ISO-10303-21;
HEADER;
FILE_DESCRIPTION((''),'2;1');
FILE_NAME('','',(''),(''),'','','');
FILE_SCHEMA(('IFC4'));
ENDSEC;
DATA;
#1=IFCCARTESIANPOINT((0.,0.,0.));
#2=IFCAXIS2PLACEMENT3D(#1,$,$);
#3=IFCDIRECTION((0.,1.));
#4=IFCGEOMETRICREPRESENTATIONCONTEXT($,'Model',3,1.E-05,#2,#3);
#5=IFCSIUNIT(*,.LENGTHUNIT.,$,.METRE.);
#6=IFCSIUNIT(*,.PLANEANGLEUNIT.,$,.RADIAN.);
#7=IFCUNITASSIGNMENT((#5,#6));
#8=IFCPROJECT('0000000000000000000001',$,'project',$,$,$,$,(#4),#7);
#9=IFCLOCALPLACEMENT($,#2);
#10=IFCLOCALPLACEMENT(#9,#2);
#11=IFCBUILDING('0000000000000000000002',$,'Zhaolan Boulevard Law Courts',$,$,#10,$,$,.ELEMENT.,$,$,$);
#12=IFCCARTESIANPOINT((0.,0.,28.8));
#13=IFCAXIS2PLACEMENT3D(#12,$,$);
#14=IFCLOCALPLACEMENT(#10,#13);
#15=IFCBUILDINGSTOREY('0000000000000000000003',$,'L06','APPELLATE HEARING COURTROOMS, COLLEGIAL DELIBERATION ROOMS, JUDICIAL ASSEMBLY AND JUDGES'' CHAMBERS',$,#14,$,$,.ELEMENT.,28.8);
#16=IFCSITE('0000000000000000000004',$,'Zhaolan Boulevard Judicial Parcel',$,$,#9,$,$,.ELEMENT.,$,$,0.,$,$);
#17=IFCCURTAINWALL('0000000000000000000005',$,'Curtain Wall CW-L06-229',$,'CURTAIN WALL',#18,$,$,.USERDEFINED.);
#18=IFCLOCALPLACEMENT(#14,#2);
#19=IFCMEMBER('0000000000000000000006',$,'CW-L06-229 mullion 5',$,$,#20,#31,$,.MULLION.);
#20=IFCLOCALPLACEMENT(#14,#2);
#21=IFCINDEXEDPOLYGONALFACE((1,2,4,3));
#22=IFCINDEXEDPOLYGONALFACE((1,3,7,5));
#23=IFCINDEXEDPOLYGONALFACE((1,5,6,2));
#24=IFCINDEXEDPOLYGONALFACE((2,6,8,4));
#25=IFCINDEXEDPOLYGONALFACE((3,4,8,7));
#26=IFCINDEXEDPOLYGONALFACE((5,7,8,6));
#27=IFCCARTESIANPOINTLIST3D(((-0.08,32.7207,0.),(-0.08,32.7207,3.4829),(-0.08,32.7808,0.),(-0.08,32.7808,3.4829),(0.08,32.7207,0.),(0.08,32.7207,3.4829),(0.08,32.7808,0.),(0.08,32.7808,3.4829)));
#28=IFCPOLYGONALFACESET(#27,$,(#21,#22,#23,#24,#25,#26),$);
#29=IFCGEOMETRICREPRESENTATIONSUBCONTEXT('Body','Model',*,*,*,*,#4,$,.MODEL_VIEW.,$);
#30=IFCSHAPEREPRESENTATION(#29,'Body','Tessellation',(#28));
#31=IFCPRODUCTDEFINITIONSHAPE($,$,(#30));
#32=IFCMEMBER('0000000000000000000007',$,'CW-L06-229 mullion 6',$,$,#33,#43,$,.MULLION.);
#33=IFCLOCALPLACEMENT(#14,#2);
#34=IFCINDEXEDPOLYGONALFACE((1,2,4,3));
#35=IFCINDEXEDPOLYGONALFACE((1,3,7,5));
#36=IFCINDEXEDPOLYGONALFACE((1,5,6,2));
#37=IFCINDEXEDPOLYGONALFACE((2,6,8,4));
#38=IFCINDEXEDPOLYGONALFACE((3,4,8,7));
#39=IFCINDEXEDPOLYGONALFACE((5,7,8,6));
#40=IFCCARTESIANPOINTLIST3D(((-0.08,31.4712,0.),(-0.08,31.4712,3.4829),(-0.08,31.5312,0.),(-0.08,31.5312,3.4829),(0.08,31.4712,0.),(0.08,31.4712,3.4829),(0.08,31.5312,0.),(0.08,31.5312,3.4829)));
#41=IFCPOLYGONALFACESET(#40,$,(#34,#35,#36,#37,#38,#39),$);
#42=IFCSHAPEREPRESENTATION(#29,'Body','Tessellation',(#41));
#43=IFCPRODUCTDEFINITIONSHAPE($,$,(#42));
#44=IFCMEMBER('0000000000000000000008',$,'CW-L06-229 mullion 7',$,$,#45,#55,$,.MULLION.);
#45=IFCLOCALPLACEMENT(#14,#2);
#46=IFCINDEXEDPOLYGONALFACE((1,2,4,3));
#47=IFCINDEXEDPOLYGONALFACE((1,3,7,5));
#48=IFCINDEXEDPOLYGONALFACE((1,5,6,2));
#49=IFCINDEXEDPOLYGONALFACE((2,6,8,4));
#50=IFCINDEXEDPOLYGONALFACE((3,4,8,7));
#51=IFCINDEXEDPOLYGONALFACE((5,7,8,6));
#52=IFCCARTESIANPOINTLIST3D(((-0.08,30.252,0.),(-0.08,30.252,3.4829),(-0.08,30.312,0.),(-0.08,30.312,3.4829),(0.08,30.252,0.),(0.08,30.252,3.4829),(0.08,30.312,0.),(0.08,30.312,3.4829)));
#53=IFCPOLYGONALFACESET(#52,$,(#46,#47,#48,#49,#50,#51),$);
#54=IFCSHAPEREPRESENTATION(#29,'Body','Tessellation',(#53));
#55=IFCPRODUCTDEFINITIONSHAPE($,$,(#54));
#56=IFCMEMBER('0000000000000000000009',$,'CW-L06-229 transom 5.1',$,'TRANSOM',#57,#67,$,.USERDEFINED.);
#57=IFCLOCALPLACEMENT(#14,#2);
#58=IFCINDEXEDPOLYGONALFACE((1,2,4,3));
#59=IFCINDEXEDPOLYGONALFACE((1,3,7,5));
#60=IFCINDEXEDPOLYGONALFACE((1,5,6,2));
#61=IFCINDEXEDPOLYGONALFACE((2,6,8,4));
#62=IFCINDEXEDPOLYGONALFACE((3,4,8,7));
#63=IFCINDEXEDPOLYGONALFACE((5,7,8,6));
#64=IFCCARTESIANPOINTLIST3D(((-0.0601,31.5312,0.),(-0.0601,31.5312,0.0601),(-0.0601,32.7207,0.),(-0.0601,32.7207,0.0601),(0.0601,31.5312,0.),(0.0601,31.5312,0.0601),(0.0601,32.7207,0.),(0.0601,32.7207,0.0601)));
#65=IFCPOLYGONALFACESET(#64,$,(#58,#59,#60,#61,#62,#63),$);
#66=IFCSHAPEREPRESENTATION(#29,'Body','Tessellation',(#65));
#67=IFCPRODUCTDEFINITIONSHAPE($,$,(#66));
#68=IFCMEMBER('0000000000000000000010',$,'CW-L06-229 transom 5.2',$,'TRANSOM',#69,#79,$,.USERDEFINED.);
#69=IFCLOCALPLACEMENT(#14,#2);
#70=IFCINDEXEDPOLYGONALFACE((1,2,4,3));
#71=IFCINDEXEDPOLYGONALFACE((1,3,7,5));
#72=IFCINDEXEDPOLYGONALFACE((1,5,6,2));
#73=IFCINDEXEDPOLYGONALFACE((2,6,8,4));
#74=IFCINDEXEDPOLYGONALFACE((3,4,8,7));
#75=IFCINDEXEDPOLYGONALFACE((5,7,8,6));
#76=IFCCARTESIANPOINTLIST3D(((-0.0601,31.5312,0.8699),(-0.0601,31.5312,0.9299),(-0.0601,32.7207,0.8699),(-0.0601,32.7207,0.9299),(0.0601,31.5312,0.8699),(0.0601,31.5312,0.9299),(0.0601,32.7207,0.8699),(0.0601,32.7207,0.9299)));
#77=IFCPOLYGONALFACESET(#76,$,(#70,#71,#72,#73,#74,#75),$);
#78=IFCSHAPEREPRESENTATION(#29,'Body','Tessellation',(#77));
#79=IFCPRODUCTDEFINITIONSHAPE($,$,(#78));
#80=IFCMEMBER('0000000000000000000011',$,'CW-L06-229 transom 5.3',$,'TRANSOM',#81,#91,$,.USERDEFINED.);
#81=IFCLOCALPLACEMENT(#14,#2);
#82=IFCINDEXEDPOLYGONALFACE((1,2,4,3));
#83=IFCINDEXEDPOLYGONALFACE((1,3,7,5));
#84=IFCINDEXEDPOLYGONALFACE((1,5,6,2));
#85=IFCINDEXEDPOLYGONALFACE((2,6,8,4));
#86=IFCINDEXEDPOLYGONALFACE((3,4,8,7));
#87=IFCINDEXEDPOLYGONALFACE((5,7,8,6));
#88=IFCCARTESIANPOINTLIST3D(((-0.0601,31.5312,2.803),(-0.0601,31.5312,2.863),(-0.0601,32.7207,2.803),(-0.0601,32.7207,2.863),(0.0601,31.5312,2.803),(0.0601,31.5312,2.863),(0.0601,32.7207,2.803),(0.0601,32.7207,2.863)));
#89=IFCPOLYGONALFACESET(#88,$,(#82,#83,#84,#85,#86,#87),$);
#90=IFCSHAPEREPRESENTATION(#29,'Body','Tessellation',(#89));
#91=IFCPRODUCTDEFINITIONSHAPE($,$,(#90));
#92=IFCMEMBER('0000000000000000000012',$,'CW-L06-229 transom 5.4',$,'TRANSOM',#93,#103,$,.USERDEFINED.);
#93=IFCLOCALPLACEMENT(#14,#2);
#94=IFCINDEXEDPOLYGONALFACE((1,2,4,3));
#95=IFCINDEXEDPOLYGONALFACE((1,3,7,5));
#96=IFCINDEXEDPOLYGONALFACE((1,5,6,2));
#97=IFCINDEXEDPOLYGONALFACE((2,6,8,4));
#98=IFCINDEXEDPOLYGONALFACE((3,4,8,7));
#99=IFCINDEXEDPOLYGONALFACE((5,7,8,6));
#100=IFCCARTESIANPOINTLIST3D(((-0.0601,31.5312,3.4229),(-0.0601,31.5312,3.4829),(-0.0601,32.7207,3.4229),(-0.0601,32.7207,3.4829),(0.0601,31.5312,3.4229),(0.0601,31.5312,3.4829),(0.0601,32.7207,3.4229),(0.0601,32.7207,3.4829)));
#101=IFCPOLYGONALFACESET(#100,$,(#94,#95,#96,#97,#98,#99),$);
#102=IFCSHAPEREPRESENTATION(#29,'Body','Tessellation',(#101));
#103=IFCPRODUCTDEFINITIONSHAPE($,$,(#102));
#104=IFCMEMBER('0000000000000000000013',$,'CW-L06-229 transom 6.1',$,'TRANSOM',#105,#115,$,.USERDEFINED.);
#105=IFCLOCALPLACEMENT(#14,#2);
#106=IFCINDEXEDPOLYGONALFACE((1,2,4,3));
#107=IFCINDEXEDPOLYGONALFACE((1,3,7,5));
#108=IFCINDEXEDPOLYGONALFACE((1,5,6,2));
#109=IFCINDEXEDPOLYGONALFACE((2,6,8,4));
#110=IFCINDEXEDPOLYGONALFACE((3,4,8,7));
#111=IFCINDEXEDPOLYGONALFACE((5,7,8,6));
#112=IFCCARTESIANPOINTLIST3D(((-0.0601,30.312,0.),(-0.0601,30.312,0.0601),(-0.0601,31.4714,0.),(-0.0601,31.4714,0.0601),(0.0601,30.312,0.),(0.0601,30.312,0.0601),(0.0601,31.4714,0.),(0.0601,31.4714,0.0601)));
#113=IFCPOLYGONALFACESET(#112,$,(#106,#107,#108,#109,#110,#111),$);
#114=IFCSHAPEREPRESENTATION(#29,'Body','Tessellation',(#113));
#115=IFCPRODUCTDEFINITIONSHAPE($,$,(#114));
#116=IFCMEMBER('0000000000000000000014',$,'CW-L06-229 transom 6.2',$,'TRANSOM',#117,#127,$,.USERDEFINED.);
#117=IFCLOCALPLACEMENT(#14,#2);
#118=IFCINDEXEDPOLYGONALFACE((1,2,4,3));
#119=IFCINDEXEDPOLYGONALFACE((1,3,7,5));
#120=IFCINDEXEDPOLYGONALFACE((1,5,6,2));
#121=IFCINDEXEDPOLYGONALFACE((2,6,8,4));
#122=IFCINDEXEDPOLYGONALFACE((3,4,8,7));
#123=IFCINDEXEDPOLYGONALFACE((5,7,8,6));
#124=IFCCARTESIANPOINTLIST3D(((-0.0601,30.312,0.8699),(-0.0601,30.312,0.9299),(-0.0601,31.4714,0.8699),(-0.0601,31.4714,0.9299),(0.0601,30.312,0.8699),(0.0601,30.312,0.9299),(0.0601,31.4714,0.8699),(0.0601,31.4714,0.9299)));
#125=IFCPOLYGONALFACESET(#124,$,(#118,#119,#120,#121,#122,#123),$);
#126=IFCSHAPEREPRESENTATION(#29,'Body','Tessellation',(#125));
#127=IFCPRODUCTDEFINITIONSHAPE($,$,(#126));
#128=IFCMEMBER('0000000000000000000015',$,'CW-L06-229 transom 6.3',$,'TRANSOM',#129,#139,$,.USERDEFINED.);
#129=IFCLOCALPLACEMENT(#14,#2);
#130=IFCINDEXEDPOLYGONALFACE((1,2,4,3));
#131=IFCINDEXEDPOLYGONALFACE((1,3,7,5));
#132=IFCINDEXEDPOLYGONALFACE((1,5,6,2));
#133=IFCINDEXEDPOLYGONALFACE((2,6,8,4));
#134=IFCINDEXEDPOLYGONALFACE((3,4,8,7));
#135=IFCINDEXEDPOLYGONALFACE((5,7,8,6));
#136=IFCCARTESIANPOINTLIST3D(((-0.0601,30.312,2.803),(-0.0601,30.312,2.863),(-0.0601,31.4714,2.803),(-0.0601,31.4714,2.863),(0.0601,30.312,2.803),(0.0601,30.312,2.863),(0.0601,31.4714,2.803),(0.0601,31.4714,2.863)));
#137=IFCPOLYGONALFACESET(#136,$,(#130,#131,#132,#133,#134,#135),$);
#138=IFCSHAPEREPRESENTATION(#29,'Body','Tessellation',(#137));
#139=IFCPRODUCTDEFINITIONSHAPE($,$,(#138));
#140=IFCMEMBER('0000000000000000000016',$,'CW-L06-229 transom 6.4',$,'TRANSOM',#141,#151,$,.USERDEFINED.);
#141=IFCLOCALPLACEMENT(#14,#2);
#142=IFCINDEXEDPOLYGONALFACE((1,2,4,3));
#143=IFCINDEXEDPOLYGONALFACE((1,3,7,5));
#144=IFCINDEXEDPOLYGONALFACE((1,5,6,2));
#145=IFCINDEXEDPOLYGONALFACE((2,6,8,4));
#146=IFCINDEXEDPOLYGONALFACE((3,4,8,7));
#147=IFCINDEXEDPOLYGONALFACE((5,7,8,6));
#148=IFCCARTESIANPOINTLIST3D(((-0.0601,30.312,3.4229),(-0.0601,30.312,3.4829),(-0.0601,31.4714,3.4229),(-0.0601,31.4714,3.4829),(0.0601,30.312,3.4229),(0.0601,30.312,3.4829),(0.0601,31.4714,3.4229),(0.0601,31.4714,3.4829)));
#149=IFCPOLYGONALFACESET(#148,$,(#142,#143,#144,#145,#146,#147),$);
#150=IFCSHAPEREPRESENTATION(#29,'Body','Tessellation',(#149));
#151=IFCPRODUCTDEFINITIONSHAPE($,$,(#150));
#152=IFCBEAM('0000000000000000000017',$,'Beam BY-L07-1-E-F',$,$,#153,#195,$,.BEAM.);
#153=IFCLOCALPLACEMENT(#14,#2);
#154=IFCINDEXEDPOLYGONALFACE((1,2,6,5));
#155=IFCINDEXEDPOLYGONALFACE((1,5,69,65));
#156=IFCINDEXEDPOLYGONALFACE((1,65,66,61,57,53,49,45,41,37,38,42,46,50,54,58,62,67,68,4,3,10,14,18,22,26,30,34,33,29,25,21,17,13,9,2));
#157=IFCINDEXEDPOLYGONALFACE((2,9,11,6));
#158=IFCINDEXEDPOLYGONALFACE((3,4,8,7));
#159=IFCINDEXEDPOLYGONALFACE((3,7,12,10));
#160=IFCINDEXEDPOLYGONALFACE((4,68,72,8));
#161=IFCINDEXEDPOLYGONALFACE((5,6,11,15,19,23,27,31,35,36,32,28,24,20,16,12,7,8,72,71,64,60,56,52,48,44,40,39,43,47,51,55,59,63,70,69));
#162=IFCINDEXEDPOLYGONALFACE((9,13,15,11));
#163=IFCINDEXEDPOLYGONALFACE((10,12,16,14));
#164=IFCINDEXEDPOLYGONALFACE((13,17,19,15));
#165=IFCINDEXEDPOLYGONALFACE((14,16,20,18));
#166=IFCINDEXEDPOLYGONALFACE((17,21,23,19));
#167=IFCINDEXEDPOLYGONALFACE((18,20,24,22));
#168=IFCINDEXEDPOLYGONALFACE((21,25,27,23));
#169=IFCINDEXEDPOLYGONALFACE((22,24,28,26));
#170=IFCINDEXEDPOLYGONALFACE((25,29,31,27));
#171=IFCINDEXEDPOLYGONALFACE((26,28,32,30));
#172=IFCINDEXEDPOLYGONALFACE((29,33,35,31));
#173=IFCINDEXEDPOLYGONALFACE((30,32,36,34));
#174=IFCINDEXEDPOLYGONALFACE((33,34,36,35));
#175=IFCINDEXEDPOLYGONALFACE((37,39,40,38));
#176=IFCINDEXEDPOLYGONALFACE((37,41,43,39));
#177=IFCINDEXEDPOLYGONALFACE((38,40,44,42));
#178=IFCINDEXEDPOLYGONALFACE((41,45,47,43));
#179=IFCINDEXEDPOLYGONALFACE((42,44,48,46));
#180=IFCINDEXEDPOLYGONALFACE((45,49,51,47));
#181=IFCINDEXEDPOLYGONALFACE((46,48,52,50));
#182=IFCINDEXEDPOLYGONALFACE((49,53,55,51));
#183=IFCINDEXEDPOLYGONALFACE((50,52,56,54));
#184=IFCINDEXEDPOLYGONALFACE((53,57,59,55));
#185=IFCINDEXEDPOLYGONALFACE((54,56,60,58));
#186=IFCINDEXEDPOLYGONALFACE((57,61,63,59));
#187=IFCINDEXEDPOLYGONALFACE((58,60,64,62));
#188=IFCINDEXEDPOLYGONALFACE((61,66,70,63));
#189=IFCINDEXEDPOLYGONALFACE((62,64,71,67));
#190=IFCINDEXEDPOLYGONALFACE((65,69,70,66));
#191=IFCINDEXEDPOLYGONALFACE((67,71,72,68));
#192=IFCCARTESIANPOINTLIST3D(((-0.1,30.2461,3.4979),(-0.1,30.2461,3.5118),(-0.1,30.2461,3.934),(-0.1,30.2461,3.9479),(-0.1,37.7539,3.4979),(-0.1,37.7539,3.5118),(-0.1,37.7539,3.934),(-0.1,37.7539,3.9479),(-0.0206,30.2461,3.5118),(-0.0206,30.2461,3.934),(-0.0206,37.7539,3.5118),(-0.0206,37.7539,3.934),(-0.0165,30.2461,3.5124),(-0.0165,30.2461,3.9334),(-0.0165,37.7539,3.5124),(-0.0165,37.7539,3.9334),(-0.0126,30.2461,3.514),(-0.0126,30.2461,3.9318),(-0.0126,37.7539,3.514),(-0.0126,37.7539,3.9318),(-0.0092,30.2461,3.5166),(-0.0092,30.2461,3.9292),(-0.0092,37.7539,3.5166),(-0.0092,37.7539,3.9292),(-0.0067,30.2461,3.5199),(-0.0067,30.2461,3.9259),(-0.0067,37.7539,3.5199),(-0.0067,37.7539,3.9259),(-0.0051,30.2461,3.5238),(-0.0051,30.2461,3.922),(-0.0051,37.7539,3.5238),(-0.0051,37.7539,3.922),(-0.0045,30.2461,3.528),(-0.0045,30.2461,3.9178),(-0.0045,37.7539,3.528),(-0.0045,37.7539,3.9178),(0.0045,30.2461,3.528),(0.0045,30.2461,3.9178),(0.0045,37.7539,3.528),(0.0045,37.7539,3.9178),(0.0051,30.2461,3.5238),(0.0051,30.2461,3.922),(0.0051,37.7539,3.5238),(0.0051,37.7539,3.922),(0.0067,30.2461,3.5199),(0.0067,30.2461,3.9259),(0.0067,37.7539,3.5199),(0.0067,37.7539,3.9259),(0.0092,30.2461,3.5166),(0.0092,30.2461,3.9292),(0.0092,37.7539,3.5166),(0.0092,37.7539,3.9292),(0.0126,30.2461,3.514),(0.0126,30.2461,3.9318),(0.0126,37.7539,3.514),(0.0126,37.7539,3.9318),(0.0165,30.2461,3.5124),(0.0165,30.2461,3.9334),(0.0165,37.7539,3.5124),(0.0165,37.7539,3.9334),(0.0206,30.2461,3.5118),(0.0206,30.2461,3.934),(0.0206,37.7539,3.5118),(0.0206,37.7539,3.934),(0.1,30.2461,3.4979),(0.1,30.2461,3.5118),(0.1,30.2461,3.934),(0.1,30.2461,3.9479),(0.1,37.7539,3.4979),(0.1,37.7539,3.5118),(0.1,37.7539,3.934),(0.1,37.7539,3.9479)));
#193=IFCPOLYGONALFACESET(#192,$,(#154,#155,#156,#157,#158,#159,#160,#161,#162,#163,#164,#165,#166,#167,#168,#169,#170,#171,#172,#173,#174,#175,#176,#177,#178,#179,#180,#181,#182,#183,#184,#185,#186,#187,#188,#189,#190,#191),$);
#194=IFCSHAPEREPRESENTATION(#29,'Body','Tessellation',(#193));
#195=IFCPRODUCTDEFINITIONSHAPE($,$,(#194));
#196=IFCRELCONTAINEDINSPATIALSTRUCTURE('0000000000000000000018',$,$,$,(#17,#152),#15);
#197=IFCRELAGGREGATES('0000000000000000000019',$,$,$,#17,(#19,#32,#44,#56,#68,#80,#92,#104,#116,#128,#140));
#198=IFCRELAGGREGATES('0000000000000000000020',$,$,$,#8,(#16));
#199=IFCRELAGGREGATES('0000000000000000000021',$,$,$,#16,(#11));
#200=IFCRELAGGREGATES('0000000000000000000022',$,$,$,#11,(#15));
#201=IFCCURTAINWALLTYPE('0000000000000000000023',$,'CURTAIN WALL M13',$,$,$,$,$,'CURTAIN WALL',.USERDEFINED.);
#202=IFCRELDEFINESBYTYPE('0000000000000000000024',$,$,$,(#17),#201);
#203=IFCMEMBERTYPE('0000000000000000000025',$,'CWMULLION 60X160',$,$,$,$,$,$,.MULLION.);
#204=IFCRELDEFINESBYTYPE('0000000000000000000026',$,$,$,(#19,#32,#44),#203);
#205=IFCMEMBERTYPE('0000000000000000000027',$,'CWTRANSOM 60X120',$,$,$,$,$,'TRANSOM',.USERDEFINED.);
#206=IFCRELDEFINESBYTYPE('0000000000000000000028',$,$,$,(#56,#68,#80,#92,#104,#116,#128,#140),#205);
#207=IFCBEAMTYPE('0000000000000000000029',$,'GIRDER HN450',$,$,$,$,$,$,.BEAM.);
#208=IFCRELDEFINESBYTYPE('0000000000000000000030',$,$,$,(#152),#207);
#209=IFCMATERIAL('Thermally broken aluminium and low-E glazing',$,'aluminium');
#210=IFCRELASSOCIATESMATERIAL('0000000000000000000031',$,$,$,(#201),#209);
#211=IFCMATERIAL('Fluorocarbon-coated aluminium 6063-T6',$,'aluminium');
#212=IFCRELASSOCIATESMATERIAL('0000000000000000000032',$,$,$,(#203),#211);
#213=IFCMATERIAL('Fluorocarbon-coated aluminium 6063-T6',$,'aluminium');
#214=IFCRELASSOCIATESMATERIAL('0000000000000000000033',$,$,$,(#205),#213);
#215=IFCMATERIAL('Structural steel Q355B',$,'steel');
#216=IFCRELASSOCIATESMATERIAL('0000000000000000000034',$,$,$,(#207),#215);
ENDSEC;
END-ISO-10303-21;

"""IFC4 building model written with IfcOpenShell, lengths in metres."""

from ifc_helpers import new_model, si_unit, direction, frame, origin, origin_2d, place, context, subcontext, project, spatial, rectangle, i_section, extrude, material, material_profile, profile_set, type_object, element, aggregate, save


model = new_model("IFC4")

# Units and contexts
model_context = context("Model", 3, precision=1e-05, world=origin(), true_north=direction((0.0, 1.0)))
body_context = subcontext(model_context, "Body", "Model", "MODEL_VIEW")
ifc_project = project(units=[si_unit("LENGTHUNIT", "METRE"), si_unit("PLANEANGLEUNIT", "RADIAN")], contexts=[model_context])

# Site, building, storey
site_placement = place(None, origin())
site = spatial("IfcSite", under=ifc_project, at=site_placement, Name="Zhaolan Boulevard Judicial Parcel", CompositionType="ELEMENT", RefElevation=0.0)
building_placement = place(site_placement, origin())
building = spatial("IfcBuilding", under=site, at=building_placement, Name="Zhaolan Boulevard Law Courts", CompositionType="ELEMENT")
storey_placement = place(building_placement, frame((0.0, 0.0, 28.8)))
storey = spatial("IfcBuildingStorey", under=building, at=storey_placement, Name="L06", Description="APPELLATE HEARING COURTROOMS, COLLEGIAL DELIBERATION ROOMS, JUDICIAL ASSEMBLY AND JUDGES' CHAMBERS", CompositionType="ELEMENT", Elevation=28.8)

# Curtain wall, members
ifc_material_1 = material(Name="Thermally broken aluminium and low-E glazing", Category="aluminium")
curtain_wall_type = type_object("IfcCurtainWallType", Name="CURTAIN WALL M13", ElementType="CURTAIN WALL", PredefinedType="USERDEFINED", material=ifc_material_1)
curtain_wall_placement = place(storey_placement, origin())
curtain_wall = element("IfcCurtainWall", 1, at=curtain_wall_placement, inside=storey, type_object=curtain_wall_type, Name="Curtain Wall CW-L06-229", ObjectType="CURTAIN WALL", PredefinedType="USERDEFINED")
ifc_material_2 = material(Name="Fluorocarbon-coated aluminium 6063-T6", Category="aluminium")
ifc_material_profile_1 = material_profile(ifc_material_2, rectangle(XDim=0.1599, YDim=0.0601, at=origin_2d()), Name="AL60x160")
ifc_profile_set_1 = profile_set([ifc_material_profile_1], Name="Fluorocarbon-coated aluminium 6063-T6")
member_type_1 = type_object("IfcMemberType", Name="CWMULLION 60X160", PredefinedType="MULLION", material=ifc_profile_set_1)
member_1_placement = place(storey_placement, frame((0.0, 32.7507, 0.0), z_axis=(0.0, 0.0, 1.0), x_axis=(1.0, 0.0, 0.0)))
member_1 = element("IfcMember", 2, at=member_1_placement, type_object=member_type_1, Name="CW-L06-229 mullion 5", PredefinedType="MULLION", context=body_context, shape_type="SweptSolid", body=[
    extrude(rectangle(XDim=0.1599, YDim=0.0601, at=origin_2d()), origin(), (0.0, 0.0, 1.0), 3.4829),
])
member_2_placement = place(storey_placement, frame((0.0, 31.5012, 0.0), z_axis=(0.0, 0.0, 1.0), x_axis=(1.0, 0.0, 0.0)))
member_2 = element("IfcMember", 3, at=member_2_placement, type_object=member_type_1, Name="CW-L06-229 mullion 6", PredefinedType="MULLION", context=body_context, shape_type="SweptSolid", body=[
    extrude(rectangle(XDim=0.1599, YDim=0.0601, at=origin_2d()), origin(), (0.0, 0.0, 1.0), 3.4829),
])
member_3_placement = place(storey_placement, frame((0.0, 30.282, 0.0), z_axis=(0.0, 0.0, 1.0), x_axis=(1.0, 0.0, 0.0)))
member_3 = element("IfcMember", 4, at=member_3_placement, type_object=member_type_1, Name="CW-L06-229 mullion 7", PredefinedType="MULLION", context=body_context, shape_type="SweptSolid", body=[
    extrude(rectangle(XDim=0.1599, YDim=0.0601, at=origin_2d()), origin(), (0.0, 0.0, 1.0), 3.4829),
])
ifc_material_3 = material(Name="Fluorocarbon-coated aluminium 6063-T6", Category="aluminium")
ifc_material_profile_2 = material_profile(ifc_material_3, rectangle(XDim=0.1201, YDim=0.0601, at=origin_2d()), Name="AL60x120")
ifc_profile_set_2 = profile_set([ifc_material_profile_2], Name="Fluorocarbon-coated aluminium 6063-T6")
member_type_2 = type_object("IfcMemberType", Name="CWTRANSOM 60X120", ElementType="TRANSOM", PredefinedType="USERDEFINED", material=ifc_profile_set_2)
member_4_placement = place(storey_placement, frame((0.0, 32.7207, 0.03), z_axis=(0.0, -1.0, 0.0), x_axis=(1.0, 0.0, 0.0)))
member_4 = element("IfcMember", 5, at=member_4_placement, type_object=member_type_2, Name="CW-L06-229 transom 5.1", ObjectType="TRANSOM", PredefinedType="USERDEFINED", context=body_context, shape_type="SweptSolid", body=[
    extrude(rectangle(XDim=0.1201, YDim=0.0601, at=origin_2d()), origin(), (0.0, 0.0, 1.0), 1.1895),
])
member_5_placement = place(storey_placement, frame((0.0, 32.7207, 0.8999), z_axis=(0.0, -1.0, 0.0), x_axis=(1.0, 0.0, 0.0)))
member_5 = element("IfcMember", 6, at=member_5_placement, type_object=member_type_2, Name="CW-L06-229 transom 5.2", ObjectType="TRANSOM", PredefinedType="USERDEFINED", context=body_context, shape_type="SweptSolid", body=[
    extrude(rectangle(XDim=0.1201, YDim=0.0601, at=origin_2d()), origin(), (0.0, 0.0, 1.0), 1.1895),
])
member_6_placement = place(storey_placement, frame((0.0, 32.7207, 2.833), z_axis=(0.0, -1.0, 0.0), x_axis=(1.0, 0.0, 0.0)))
member_6 = element("IfcMember", 7, at=member_6_placement, type_object=member_type_2, Name="CW-L06-229 transom 5.3", ObjectType="TRANSOM", PredefinedType="USERDEFINED", context=body_context, shape_type="SweptSolid", body=[
    extrude(rectangle(XDim=0.1201, YDim=0.0601, at=origin_2d()), origin(), (0.0, 0.0, 1.0), 1.1895),
])
member_7_placement = place(storey_placement, frame((0.0, 32.7207, 3.4529), z_axis=(0.0, -1.0, 0.0), x_axis=(1.0, 0.0, 0.0)))
member_7 = element("IfcMember", 8, at=member_7_placement, type_object=member_type_2, Name="CW-L06-229 transom 5.4", ObjectType="TRANSOM", PredefinedType="USERDEFINED", context=body_context, shape_type="SweptSolid", body=[
    extrude(rectangle(XDim=0.1201, YDim=0.0601, at=origin_2d()), origin(), (0.0, 0.0, 1.0), 1.1895),
])
member_8_placement = place(storey_placement, frame((0.0, 31.4714, 0.03), z_axis=(0.0, -1.0, 0.0), x_axis=(1.0, 0.0, 0.0)))
member_8 = element("IfcMember", 9, at=member_8_placement, type_object=member_type_2, Name="CW-L06-229 transom 6.1", ObjectType="TRANSOM", PredefinedType="USERDEFINED", context=body_context, shape_type="SweptSolid", body=[
    extrude(rectangle(XDim=0.1201, YDim=0.0601, at=origin_2d()), origin(), (0.0, 0.0, 1.0), 1.1594),
])
member_9_placement = place(storey_placement, frame((0.0, 31.4714, 0.8999), z_axis=(0.0, -1.0, 0.0), x_axis=(1.0, 0.0, 0.0)))
member_9 = element("IfcMember", 10, at=member_9_placement, type_object=member_type_2, Name="CW-L06-229 transom 6.2", ObjectType="TRANSOM", PredefinedType="USERDEFINED", context=body_context, shape_type="SweptSolid", body=[
    extrude(rectangle(XDim=0.1201, YDim=0.0601, at=origin_2d()), origin(), (0.0, 0.0, 1.0), 1.1594),
])
member_10_placement = place(storey_placement, frame((0.0, 31.4714, 2.833), z_axis=(0.0, -1.0, 0.0), x_axis=(1.0, 0.0, 0.0)))
member_10 = element("IfcMember", 11, at=member_10_placement, type_object=member_type_2, Name="CW-L06-229 transom 6.3", ObjectType="TRANSOM", PredefinedType="USERDEFINED", context=body_context, shape_type="SweptSolid", body=[
    extrude(rectangle(XDim=0.1201, YDim=0.0601, at=origin_2d()), origin(), (0.0, 0.0, 1.0), 1.1594),
])
member_11_placement = place(storey_placement, frame((0.0, 31.4714, 3.4529), z_axis=(0.0, -1.0, 0.0), x_axis=(1.0, 0.0, 0.0)))
member_11 = element("IfcMember", 12, at=member_11_placement, type_object=member_type_2, Name="CW-L06-229 transom 6.4", ObjectType="TRANSOM", PredefinedType="USERDEFINED", context=body_context, shape_type="SweptSolid", body=[
    extrude(rectangle(XDim=0.1201, YDim=0.0601, at=origin_2d()), origin(), (0.0, 0.0, 1.0), 1.1594),
])

# Beam
ifc_material_4 = material(Name="Structural steel Q355B", Category="steel")
ifc_material_profile_3 = material_profile(ifc_material_4, i_section(OverallWidth=0.2, OverallDepth=0.45, WebThickness=0.009, FlangeThickness=0.0139, FilletRadius=0.0161, at=origin_2d()), Name="HN450x200")
ifc_profile_set_3 = profile_set([ifc_material_profile_3], Name="Structural steel Q355B")
beam_type = type_object("IfcBeamType", Name="GIRDER HN450", PredefinedType="BEAM", material=ifc_profile_set_3)
beam_placement = place(storey_placement, frame((0.0, 30.2461, 3.7229), z_axis=(0.0, 1.0, 0.0), x_axis=(-1.0, 0.0, 0.0)))
element("IfcBeam", 13, at=beam_placement, inside=storey, type_object=beam_type, Name="Beam BY-L07-1-E-F", PredefinedType="BEAM", context=body_context, shape_type="SweptSolid", body=[
    extrude(i_section(OverallWidth=0.2, OverallDepth=0.45, WebThickness=0.009, FlangeThickness=0.0139, FilletRadius=0.0161, at=origin_2d()), origin(), (0.0, 0.0, 1.0), 7.5078),
])

aggregate(curtain_wall, [member_1, member_2, member_3, member_4, member_5, member_6, member_7, member_8, member_9, member_10, member_11])

save(model, "model.ifc")
